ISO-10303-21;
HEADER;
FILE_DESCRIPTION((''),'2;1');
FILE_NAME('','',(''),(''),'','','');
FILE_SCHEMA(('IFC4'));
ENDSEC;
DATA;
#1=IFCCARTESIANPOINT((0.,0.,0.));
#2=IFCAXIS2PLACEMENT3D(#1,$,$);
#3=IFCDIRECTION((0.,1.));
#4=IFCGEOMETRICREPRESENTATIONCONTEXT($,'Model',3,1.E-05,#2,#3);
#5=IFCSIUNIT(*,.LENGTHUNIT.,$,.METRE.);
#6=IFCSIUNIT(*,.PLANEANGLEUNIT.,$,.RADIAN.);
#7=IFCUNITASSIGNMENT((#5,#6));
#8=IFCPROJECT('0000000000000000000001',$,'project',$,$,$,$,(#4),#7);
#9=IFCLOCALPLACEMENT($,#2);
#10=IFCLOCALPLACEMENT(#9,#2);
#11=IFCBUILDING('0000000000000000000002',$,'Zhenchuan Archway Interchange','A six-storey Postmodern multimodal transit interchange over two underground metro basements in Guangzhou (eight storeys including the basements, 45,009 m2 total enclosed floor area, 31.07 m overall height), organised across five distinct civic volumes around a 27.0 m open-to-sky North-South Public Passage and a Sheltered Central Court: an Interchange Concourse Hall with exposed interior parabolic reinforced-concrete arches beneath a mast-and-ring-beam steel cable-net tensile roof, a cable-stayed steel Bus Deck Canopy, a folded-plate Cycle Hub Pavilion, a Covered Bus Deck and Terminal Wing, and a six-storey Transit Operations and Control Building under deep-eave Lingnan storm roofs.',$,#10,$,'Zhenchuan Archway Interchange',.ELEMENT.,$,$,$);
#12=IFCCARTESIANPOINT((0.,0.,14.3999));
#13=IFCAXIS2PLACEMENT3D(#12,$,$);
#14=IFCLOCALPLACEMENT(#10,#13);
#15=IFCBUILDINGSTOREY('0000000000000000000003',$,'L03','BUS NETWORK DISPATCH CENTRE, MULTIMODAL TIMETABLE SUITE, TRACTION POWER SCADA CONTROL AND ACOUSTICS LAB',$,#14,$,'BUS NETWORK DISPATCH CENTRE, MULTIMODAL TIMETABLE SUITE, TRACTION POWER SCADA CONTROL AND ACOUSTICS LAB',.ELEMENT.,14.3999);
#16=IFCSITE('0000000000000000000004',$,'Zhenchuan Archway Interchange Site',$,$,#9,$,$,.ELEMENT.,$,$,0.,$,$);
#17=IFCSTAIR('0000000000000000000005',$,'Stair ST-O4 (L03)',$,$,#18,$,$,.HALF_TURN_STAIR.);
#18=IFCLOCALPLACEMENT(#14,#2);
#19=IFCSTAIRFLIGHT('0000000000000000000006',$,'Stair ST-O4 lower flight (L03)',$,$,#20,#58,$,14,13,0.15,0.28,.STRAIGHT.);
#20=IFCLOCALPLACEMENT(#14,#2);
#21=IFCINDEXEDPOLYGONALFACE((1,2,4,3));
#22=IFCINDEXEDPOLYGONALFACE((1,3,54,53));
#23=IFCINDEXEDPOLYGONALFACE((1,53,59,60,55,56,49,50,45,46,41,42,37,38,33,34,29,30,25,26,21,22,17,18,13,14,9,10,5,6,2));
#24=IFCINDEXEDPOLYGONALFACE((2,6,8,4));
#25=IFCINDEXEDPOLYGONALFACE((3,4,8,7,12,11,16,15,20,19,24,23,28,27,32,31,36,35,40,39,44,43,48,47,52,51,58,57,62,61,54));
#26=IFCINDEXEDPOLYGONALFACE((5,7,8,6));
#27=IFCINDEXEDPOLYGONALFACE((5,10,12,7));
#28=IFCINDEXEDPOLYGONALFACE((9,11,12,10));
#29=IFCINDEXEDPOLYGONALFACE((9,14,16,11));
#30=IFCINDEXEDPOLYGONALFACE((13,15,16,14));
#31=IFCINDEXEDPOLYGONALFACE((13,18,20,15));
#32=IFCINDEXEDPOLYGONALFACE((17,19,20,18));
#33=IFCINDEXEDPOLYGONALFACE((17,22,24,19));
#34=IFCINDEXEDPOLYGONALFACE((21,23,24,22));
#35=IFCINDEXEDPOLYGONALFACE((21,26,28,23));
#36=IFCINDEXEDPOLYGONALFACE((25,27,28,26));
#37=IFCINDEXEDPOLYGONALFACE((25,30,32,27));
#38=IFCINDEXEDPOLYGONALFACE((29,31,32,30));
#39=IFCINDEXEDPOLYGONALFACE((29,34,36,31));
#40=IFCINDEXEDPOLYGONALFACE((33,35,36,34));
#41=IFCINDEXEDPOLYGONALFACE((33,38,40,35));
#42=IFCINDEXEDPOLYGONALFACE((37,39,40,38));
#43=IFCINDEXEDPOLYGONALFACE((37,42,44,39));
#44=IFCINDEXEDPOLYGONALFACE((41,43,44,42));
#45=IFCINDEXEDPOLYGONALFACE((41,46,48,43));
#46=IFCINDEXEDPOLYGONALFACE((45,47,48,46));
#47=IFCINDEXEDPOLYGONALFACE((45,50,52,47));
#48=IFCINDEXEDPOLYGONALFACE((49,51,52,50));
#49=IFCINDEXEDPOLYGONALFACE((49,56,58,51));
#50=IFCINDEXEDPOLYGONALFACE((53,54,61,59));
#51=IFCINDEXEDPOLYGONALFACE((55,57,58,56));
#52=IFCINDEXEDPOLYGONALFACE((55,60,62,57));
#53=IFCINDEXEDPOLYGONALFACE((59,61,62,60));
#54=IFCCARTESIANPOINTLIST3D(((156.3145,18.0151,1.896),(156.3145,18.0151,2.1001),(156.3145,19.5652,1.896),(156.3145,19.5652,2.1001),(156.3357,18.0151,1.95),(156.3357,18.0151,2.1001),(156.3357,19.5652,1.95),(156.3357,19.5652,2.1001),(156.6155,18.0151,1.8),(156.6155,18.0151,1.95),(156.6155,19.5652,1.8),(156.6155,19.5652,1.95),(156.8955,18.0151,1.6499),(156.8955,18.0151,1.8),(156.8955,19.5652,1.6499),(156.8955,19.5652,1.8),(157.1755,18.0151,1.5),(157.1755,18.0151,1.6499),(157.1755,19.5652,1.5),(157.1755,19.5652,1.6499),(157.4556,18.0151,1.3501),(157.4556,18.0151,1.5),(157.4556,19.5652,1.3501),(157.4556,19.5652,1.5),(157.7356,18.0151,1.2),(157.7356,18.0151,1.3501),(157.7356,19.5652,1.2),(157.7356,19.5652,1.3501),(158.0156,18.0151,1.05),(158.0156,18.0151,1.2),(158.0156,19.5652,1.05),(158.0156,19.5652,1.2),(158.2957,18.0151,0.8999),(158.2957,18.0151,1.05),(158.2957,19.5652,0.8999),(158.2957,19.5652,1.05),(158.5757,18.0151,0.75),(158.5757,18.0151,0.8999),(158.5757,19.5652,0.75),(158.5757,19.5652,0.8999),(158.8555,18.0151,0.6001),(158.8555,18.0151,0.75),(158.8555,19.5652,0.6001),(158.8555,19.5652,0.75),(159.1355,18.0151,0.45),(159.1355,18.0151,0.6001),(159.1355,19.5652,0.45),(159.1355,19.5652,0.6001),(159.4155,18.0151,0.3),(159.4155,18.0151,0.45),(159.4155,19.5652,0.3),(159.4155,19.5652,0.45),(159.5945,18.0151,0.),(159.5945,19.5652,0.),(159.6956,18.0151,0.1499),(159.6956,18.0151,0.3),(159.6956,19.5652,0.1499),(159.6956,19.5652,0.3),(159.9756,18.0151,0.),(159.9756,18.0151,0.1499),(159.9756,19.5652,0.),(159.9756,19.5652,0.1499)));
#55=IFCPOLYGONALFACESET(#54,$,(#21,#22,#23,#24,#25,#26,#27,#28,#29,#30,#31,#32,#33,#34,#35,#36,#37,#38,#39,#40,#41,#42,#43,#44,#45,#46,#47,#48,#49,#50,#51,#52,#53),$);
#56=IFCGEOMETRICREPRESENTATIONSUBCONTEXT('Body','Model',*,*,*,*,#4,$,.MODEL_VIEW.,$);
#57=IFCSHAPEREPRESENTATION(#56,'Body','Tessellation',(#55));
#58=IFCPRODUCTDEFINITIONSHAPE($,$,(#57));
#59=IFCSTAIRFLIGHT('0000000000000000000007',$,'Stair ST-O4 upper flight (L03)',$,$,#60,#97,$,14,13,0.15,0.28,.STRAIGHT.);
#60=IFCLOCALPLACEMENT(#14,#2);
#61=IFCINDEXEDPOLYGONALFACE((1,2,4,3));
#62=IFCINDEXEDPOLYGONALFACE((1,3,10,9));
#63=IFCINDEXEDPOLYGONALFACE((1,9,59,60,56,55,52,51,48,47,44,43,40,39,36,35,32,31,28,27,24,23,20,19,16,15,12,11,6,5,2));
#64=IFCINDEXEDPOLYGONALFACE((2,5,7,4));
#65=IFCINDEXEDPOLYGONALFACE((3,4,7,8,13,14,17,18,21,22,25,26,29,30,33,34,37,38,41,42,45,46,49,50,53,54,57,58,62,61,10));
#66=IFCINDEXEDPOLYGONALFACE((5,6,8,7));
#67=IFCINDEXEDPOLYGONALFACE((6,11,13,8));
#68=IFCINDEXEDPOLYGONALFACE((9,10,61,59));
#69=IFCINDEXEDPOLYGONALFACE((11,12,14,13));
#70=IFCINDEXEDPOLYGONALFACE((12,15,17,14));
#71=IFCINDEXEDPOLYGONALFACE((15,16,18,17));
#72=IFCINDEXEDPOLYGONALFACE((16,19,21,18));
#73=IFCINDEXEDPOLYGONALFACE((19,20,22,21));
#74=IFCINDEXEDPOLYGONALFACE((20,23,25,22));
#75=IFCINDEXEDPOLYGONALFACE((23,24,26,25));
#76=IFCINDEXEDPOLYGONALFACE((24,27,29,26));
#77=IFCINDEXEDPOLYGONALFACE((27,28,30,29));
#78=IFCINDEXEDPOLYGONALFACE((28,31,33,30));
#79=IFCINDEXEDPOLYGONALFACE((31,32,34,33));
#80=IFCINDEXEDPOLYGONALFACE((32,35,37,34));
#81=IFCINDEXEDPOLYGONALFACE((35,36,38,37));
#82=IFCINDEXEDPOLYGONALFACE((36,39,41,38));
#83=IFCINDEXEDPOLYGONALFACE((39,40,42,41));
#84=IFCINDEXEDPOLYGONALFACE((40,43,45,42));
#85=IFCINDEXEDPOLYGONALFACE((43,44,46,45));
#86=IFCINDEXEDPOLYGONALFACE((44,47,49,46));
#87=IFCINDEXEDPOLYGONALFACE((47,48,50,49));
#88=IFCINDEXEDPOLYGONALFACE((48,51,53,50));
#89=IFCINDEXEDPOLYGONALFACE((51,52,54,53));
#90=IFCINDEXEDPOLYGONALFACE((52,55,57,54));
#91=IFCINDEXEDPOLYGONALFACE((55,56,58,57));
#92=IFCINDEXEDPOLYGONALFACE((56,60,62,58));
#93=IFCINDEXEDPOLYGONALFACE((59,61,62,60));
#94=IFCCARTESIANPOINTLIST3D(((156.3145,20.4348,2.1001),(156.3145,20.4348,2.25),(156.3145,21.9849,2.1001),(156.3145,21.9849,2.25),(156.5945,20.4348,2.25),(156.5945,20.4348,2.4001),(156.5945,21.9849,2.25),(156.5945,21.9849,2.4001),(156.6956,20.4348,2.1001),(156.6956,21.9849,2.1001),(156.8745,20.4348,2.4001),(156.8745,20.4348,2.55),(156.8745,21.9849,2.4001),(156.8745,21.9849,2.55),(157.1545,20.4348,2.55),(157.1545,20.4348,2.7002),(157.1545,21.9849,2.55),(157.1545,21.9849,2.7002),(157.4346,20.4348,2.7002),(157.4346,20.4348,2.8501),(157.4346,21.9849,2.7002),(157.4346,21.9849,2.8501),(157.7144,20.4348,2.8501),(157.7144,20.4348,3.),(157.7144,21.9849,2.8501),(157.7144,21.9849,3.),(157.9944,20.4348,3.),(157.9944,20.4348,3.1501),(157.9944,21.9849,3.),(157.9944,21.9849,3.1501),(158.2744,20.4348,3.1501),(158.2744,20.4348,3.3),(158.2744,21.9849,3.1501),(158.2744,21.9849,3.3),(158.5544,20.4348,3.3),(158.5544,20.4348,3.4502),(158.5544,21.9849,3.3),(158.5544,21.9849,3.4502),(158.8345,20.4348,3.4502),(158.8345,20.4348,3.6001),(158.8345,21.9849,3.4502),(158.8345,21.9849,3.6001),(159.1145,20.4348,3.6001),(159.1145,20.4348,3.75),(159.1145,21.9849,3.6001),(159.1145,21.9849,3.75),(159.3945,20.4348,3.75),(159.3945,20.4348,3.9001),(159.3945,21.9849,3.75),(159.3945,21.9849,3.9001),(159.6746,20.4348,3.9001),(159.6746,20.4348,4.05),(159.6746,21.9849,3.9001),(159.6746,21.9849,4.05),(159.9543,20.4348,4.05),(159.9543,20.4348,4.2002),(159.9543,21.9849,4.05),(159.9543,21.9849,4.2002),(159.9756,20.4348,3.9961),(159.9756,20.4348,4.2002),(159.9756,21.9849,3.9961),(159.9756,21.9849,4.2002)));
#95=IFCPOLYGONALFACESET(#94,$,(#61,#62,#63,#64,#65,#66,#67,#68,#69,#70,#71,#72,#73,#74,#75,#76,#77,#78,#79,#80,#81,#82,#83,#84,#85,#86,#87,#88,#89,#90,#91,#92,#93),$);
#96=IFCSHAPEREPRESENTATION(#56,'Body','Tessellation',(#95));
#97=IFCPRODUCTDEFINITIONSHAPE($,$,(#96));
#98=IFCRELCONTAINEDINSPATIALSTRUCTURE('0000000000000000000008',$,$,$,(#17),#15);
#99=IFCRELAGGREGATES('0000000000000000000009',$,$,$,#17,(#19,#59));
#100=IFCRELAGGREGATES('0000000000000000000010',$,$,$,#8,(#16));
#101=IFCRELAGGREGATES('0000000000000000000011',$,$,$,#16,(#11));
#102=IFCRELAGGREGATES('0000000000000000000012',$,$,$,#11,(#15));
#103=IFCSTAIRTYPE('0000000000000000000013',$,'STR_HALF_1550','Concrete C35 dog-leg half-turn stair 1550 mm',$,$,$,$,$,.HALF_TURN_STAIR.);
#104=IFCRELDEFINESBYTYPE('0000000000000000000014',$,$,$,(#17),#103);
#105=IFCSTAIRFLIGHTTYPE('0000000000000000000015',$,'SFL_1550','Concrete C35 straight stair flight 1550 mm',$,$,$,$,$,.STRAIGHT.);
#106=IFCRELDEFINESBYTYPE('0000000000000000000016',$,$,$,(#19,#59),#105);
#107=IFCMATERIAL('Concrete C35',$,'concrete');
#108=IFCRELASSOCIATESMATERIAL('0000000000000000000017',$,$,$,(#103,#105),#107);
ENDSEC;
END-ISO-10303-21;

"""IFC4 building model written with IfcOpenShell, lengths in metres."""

from ifc_helpers import new_model, si_unit, direction, frame, origin, place, context, subcontext, project, spatial, polyline, outline, extrude, material, type_object, element, aggregate, save


model = new_model("IFC4")

# Units and contexts
model_context = context("Model", 3, precision=1e-05, world=origin(), true_north=direction((0.0, 1.0)))
body_context = subcontext(model_context, "Body", "Model", "MODEL_VIEW")
ifc_project = project(units=[si_unit("LENGTHUNIT", "METRE"), si_unit("PLANEANGLEUNIT", "RADIAN")], contexts=[model_context])

# Site, building, storey
site_placement = place(None, origin())
site = spatial("IfcSite", under=ifc_project, at=site_placement, Name="Zhenchuan Archway Interchange Site", CompositionType="ELEMENT", RefElevation=0.0)
building_placement = place(site_placement, origin())
building = spatial("IfcBuilding", under=site, at=building_placement, Name="Zhenchuan Archway Interchange", Description="A six-storey Postmodern multimodal transit interchange over two underground metro basements in Guangzhou (eight storeys including the basements, 45,009 m2 total enclosed floor area, 31.07 m overall height), organised across five distinct civic volumes around a 27.0 m open-to-sky North-South Public Passage and a Sheltered Central Court: an Interchange Concourse Hall with exposed interior parabolic reinforced-concrete arches beneath a mast-and-ring-beam steel cable-net tensile roof, a cable-stayed steel Bus Deck Canopy, a folded-plate Cycle Hub Pavilion, a Covered Bus Deck and Terminal Wing, and a six-storey Transit Operations and Control Building under deep-eave Lingnan storm roofs.", LongName="Zhenchuan Archway Interchange", CompositionType="ELEMENT")
storey_placement = place(building_placement, frame((0.0, 0.0, 14.3999)))
storey = spatial("IfcBuildingStorey", under=building, at=storey_placement, Name="L03", Description="BUS NETWORK DISPATCH CENTRE, MULTIMODAL TIMETABLE SUITE, TRACTION POWER SCADA CONTROL AND ACOUSTICS LAB", LongName="BUS NETWORK DISPATCH CENTRE, MULTIMODAL TIMETABLE SUITE, TRACTION POWER SCADA CONTROL AND ACOUSTICS LAB", CompositionType="ELEMENT", Elevation=14.3999)

# Stair, stair flights
ifc_material_1 = material(Name="Concrete C35", Category="concrete")
stair_type = type_object("IfcStairType", Name="STR_HALF_1550", Description="Concrete C35 dog-leg half-turn stair 1550 mm", PredefinedType="HALF_TURN_STAIR", material=ifc_material_1)
stair_placement = place(storey_placement, origin())
stair = element("IfcStair", 1, at=stair_placement, inside=storey, type_object=stair_type, Name="Stair ST-O4 (L03)", PredefinedType="HALF_TURN_STAIR")
stair_flight_type = type_object("IfcStairFlightType", Name="SFL_1550", Description="Concrete C35 straight stair flight 1550 mm", PredefinedType="STRAIGHT", material=ifc_material_1)
stair_flight_1_placement = place(storey_placement, frame((159.9756, 18.79, 0.0), z_axis=(0.0, 0.0, 1.0), x_axis=(-1.0, 0.0, 0.0)))
stair_flight_1 = element("IfcStairFlight", 2, at=stair_flight_1_placement, type_object=stair_flight_type, Name="Stair ST-O4 lower flight (L03)", NumberOfRisers=14, NumberOfTreads=13, PredefinedType="STRAIGHT", RiserHeight=0.15, TreadLength=0.28, context=body_context, shape_type="SweptSolid", body=[
    extrude(outline(polyline([(0.0, 0.0), (0.0, 0.1499), (0.28, 0.1499), (0.28, 0.3), (0.5601, 0.3), (0.5601, 0.45), (0.8401, 0.45), (0.8401, 0.6001), (1.1201, 0.6001), (1.1201, 0.75), (1.3999, 0.75), (1.3999, 0.8999), (1.6799, 0.8999), (1.6799, 1.05), (1.96, 1.05), (1.96, 1.2), (2.24, 1.2), (2.24, 1.3501), (2.52, 1.3501), (2.52, 1.5), (2.8, 1.5), (2.8, 1.6499), (3.0801, 1.6499), (3.0801, 1.8), (3.3601, 1.8), (3.3601, 1.95), (3.6399, 1.95), (3.6399, 2.1001), (3.6611, 2.1001), (3.6611, 1.896), (0.3811, 0.0), (0.0, 0.0)])), frame((0.0, 0.7749, 0.0), z_axis=(0.0, -1.0, 0.0), x_axis=(1.0, 0.0, 0.0)), (0.0, 0.0, 1.0), 1.55),
])
stair_flight_2_placement = place(storey_placement, frame((156.3145, 21.21, 2.1001), z_axis=(0.0, 0.0, 1.0), x_axis=(1.0, 0.0, 0.0)))
stair_flight_2 = element("IfcStairFlight", 3, at=stair_flight_2_placement, type_object=stair_flight_type, Name="Stair ST-O4 upper flight (L03)", NumberOfRisers=14, NumberOfTreads=13, PredefinedType="STRAIGHT", RiserHeight=0.15, TreadLength=0.28, context=body_context, shape_type="SweptSolid", body=[
    extrude(outline(polyline([(0.0, 0.0), (0.0, 0.1499), (0.28, 0.1499), (0.28, 0.3), (0.5601, 0.3), (0.5601, 0.45), (0.8401, 0.45), (0.8401, 0.6001), (1.1201, 0.6001), (1.1201, 0.75), (1.3999, 0.75), (1.3999, 0.8999), (1.6799, 0.8999), (1.6799, 1.05), (1.96, 1.05), (1.96, 1.2), (2.24, 1.2), (2.24, 1.3501), (2.52, 1.3501), (2.52, 1.5), (2.8, 1.5), (2.8, 1.6499), (3.0801, 1.6499), (3.0801, 1.8), (3.3601, 1.8), (3.3601, 1.95), (3.6399, 1.95), (3.6399, 2.1001), (3.6611, 2.1001), (3.6611, 1.896), (0.3811, 0.0), (0.0, 0.0)])), frame((0.0, 0.7749, 0.0), z_axis=(0.0, -1.0, 0.0), x_axis=(1.0, 0.0, 0.0)), (0.0, 0.0, 1.0), 1.55),
])
aggregate(stair, [stair_flight_1, stair_flight_2])

save(model, "model.ifc")
